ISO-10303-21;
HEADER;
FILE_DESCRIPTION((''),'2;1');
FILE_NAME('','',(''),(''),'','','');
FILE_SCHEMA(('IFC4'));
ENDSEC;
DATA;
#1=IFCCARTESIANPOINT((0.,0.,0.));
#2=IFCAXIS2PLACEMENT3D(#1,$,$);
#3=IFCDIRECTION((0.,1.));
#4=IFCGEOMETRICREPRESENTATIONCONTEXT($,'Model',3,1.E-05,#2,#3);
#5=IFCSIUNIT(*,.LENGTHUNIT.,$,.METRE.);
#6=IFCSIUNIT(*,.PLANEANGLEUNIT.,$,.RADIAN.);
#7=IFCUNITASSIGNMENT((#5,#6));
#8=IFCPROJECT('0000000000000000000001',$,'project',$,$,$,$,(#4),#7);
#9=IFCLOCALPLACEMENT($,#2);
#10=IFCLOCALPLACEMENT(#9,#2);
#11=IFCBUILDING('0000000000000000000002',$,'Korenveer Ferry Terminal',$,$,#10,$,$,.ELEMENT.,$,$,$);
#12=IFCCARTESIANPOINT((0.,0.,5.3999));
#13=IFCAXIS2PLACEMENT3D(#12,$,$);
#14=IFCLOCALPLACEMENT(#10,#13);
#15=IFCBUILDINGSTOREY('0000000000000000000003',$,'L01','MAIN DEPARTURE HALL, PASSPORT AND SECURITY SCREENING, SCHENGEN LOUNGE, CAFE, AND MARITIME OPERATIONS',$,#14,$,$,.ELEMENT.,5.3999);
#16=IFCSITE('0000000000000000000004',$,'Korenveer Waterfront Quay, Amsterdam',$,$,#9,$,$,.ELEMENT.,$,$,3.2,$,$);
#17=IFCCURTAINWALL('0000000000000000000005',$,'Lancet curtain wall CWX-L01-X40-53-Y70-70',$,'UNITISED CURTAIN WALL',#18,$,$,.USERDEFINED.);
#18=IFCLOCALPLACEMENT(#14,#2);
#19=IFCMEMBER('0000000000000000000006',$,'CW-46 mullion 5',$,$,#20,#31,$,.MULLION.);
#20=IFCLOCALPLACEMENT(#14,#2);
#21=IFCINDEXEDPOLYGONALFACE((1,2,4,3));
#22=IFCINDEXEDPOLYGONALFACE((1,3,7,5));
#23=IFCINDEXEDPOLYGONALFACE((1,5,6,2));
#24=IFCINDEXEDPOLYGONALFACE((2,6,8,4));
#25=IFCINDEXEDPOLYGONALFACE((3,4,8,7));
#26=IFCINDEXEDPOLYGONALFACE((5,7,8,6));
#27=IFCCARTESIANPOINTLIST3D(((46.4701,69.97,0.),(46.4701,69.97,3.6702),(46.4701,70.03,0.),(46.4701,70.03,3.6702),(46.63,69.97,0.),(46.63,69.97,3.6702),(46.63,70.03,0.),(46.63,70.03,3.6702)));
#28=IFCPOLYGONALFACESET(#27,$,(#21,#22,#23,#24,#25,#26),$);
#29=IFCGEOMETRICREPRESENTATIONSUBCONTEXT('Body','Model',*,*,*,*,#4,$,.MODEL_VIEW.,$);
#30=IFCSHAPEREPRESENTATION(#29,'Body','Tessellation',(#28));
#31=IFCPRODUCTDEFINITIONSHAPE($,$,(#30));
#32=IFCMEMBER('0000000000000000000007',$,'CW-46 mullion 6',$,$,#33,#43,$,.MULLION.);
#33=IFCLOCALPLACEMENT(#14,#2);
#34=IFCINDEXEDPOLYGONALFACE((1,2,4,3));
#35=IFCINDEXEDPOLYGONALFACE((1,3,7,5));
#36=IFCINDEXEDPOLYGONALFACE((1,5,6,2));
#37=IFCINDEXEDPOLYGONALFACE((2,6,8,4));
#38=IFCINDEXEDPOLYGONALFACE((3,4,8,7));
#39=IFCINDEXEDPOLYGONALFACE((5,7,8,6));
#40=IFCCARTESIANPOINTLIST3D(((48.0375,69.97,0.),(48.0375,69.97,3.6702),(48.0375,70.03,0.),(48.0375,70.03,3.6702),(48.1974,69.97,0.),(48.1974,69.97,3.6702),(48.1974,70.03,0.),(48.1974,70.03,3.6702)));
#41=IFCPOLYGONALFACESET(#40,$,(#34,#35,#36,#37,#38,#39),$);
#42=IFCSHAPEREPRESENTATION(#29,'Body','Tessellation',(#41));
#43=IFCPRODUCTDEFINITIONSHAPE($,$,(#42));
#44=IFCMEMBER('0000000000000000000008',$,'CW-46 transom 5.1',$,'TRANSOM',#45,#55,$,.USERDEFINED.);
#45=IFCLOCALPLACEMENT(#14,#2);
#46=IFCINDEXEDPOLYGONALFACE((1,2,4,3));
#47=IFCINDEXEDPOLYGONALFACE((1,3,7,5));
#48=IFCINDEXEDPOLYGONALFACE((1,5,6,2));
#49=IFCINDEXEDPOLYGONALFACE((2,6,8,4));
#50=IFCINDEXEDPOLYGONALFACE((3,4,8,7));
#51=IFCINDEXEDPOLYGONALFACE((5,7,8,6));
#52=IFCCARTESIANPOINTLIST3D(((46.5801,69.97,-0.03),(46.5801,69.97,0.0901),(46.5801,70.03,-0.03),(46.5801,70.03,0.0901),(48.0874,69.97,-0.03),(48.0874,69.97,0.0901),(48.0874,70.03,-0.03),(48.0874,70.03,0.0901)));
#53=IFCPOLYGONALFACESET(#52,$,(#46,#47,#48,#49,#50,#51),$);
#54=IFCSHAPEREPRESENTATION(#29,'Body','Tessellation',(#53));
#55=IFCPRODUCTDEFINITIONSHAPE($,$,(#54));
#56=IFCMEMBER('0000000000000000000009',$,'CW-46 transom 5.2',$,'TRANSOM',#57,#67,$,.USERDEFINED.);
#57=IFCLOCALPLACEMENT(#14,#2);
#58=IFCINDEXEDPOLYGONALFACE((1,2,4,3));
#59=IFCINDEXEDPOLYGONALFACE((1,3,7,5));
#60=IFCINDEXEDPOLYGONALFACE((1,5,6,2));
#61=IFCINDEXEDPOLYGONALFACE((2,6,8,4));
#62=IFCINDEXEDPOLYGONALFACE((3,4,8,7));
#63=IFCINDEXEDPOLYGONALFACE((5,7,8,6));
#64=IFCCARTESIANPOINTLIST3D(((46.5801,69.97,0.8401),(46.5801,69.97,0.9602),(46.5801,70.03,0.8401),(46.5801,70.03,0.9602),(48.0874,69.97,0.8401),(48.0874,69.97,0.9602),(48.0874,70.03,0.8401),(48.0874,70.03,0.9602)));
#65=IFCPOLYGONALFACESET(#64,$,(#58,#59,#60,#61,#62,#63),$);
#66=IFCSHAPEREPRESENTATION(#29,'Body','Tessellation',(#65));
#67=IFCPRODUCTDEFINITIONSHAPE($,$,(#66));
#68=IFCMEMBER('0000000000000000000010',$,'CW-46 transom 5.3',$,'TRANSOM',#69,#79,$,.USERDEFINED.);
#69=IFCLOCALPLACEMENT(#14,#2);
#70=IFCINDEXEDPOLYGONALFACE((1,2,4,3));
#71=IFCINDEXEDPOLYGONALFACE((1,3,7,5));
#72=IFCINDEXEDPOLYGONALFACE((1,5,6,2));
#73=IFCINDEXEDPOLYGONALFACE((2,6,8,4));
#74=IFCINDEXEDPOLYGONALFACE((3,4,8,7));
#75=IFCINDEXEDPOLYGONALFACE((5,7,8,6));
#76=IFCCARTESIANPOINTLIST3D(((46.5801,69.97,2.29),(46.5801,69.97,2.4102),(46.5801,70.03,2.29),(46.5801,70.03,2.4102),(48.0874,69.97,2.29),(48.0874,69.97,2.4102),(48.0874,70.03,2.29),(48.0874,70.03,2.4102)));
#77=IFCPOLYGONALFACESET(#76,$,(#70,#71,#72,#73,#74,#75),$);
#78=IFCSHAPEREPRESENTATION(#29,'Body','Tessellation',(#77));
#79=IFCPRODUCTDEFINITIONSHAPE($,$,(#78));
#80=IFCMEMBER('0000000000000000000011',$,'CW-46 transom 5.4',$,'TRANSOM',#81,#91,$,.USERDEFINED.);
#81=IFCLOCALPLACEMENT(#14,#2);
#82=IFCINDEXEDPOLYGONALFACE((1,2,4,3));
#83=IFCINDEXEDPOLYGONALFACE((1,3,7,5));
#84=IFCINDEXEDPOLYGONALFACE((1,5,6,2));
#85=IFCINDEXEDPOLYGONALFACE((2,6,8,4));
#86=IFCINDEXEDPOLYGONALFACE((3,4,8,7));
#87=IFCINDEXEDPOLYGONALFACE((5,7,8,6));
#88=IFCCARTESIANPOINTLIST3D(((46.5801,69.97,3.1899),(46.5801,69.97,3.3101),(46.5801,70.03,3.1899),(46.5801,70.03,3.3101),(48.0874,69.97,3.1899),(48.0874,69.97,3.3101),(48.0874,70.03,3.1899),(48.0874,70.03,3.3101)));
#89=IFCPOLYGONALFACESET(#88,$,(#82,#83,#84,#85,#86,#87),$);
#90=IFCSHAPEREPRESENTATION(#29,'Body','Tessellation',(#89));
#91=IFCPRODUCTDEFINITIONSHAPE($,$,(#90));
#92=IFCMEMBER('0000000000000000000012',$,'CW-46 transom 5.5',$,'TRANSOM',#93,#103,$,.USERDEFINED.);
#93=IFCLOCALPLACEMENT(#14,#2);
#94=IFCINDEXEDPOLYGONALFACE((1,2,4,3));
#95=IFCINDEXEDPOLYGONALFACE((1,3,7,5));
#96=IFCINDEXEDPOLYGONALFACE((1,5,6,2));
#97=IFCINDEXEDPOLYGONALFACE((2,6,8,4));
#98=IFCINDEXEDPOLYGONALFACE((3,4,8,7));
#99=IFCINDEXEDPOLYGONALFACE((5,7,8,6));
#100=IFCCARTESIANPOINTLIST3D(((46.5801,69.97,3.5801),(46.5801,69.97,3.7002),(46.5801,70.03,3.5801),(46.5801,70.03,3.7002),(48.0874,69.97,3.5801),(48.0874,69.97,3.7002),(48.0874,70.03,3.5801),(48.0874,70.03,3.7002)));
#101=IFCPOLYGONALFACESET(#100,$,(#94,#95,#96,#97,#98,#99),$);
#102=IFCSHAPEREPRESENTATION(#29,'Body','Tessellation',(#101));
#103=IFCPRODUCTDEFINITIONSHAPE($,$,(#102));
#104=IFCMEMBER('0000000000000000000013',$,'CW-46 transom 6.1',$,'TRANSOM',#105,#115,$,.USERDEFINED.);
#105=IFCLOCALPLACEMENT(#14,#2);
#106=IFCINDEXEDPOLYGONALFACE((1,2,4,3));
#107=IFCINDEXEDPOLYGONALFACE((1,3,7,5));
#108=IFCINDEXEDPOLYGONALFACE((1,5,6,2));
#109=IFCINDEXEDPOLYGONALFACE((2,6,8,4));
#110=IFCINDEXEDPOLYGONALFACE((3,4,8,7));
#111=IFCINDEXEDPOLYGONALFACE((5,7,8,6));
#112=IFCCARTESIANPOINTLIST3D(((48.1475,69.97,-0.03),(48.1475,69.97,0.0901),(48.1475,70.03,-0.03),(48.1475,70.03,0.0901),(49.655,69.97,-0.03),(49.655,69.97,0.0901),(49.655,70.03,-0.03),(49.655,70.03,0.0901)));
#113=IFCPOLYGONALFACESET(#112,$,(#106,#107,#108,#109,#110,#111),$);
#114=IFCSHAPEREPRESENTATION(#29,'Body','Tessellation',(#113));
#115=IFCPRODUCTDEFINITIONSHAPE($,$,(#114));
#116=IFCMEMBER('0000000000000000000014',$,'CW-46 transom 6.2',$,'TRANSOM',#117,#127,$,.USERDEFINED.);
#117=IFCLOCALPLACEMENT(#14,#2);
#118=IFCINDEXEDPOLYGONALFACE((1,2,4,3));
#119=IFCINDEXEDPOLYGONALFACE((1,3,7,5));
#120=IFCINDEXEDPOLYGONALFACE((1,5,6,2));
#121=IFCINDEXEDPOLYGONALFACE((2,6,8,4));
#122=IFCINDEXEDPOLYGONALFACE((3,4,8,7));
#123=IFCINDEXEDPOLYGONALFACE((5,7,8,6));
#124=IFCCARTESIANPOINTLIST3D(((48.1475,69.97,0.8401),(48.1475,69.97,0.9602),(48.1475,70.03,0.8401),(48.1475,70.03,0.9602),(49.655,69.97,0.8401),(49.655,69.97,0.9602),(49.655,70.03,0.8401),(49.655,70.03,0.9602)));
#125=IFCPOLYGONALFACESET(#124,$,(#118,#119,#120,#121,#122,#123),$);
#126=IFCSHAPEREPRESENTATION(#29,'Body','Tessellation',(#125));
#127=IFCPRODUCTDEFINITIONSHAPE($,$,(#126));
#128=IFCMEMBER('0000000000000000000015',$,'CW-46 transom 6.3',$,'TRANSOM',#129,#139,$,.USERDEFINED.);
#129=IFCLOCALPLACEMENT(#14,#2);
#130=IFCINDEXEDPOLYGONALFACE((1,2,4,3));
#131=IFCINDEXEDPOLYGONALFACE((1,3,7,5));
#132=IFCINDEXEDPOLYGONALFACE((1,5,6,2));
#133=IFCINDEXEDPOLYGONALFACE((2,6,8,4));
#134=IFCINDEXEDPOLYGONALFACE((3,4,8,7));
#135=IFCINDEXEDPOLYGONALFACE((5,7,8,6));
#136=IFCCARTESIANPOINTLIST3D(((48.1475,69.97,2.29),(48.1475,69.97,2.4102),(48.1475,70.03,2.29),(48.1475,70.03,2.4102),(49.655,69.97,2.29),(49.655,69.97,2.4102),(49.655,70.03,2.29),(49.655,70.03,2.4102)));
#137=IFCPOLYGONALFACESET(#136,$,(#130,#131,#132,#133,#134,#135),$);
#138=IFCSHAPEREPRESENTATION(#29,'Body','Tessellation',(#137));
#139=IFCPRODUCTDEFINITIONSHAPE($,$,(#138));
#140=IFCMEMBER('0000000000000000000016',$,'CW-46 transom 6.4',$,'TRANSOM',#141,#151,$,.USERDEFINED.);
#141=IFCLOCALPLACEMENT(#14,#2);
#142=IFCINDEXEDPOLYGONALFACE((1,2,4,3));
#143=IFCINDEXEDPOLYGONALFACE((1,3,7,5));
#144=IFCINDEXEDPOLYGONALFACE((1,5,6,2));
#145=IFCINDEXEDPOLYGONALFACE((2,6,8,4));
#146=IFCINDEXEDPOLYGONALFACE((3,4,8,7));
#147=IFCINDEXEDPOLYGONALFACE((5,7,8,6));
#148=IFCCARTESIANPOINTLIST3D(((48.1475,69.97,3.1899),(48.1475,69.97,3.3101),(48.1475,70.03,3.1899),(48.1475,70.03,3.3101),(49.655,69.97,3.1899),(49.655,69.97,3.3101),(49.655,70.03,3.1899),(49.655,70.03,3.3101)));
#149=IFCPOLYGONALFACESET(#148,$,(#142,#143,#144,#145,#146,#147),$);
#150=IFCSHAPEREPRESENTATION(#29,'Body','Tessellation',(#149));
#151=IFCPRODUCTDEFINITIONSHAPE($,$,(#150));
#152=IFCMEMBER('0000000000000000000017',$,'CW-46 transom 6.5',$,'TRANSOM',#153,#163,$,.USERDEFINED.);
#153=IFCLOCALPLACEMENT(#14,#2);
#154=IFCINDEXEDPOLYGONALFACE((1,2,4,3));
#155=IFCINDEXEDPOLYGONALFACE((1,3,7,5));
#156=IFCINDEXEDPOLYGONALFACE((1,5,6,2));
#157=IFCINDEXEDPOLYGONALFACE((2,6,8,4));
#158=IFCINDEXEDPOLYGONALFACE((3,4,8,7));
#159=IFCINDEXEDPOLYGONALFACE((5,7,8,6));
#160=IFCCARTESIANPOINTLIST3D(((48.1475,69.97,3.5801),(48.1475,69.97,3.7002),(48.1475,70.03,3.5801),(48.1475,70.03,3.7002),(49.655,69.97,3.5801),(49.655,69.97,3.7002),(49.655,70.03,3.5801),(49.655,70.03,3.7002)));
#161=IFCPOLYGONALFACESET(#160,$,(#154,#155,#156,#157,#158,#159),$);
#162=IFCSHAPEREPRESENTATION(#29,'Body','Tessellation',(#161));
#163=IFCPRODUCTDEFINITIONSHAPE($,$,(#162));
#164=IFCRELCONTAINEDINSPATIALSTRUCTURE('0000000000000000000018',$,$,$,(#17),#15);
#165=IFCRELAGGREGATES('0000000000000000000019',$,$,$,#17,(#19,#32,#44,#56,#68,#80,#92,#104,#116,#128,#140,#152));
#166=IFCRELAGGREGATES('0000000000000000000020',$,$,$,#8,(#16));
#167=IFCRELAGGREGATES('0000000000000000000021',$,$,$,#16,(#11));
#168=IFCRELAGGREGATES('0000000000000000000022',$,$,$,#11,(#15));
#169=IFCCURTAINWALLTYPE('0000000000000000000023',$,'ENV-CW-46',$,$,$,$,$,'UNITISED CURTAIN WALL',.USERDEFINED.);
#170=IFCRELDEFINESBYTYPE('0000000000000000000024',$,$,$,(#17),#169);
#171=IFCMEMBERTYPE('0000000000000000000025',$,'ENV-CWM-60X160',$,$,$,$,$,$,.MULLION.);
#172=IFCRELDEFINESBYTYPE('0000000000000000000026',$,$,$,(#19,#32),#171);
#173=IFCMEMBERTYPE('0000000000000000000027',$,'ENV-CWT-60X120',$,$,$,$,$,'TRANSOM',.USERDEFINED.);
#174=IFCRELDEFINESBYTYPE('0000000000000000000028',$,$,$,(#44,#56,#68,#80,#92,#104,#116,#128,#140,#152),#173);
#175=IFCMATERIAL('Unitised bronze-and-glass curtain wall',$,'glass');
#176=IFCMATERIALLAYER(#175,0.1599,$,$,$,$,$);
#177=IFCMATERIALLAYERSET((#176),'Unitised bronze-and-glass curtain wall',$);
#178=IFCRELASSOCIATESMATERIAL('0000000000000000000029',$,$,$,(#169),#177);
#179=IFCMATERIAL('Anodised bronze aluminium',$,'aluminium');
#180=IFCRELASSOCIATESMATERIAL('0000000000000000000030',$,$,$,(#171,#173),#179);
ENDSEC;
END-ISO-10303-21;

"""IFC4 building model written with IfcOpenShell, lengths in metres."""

from ifc_helpers import new_model, si_unit, direction, frame, origin, origin_2d, place, context, subcontext, project, spatial, rectangle, extrude, material, layer, layer_set, material_profile, profile_set, type_object, element, aggregate, save


model = new_model("IFC4")

# Units and contexts
model_context = context("Model", 3, precision=1e-05, world=origin(), true_north=direction((0.0, 1.0)))
body_context = subcontext(model_context, "Body", "Model", "MODEL_VIEW")
ifc_project = project(units=[si_unit("LENGTHUNIT", "METRE"), si_unit("PLANEANGLEUNIT", "RADIAN")], contexts=[model_context])

# Site, building, storey
site_placement = place(None, origin())
site = spatial("IfcSite", under=ifc_project, at=site_placement, Name="Korenveer Waterfront Quay, Amsterdam", CompositionType="ELEMENT", RefElevation=3.2)
building_placement = place(site_placement, origin())
building = spatial("IfcBuilding", under=site, at=building_placement, Name="Korenveer Ferry Terminal", CompositionType="ELEMENT")
storey_placement = place(building_placement, frame((0.0, 0.0, 5.3999)))
storey = spatial("IfcBuildingStorey", under=building, at=storey_placement, Name="L01", Description="MAIN DEPARTURE HALL, PASSPORT AND SECURITY SCREENING, SCHENGEN LOUNGE, CAFE, AND MARITIME OPERATIONS", CompositionType="ELEMENT", Elevation=5.3999)

# Curtain wall, members
ifc_material_1 = material(Name="Unitised bronze-and-glass curtain wall", Category="glass")
ifc_layer_1 = layer(ifc_material_1, 0.1599)
ifc_layer_set_1 = layer_set([ifc_layer_1], Name="Unitised bronze-and-glass curtain wall")
curtain_wall_type = type_object("IfcCurtainWallType", Name="ENV-CW-46", ElementType="UNITISED CURTAIN WALL", PredefinedType="USERDEFINED", material=ifc_layer_set_1)
curtain_wall_placement = place(storey_placement, frame((40.28, 70.0, 0.0)))
curtain_wall = element("IfcCurtainWall", 1, at=curtain_wall_placement, inside=storey, type_object=curtain_wall_type, Name="Lancet curtain wall CWX-L01-X40-53-Y70-70", ObjectType="UNITISED CURTAIN WALL", PredefinedType="USERDEFINED")
ifc_material_2 = material(Name="Anodised bronze aluminium", Category="aluminium")
ifc_material_profile_1 = material_profile(ifc_material_2, rectangle(XDim=0.0601, YDim=0.1599, at=origin_2d()), Name="ALU 60x160")
ifc_profile_set_1 = profile_set([ifc_material_profile_1], Name="Anodised bronze aluminium")
member_type_1 = type_object("IfcMemberType", Name="ENV-CWM-60X160", PredefinedType="MULLION", material=ifc_profile_set_1)
member_1_placement = place(storey_placement, frame((46.55, 70.0, 0.0), z_axis=(0.0, 0.0, 1.0), x_axis=(0.0, 1.0, 0.0)))
member_1 = element("IfcMember", 2, at=member_1_placement, type_object=member_type_1, Name="CW-46 mullion 5", PredefinedType="MULLION", context=body_context, shape_type="SweptSolid", body=[
    extrude(rectangle(XDim=0.0601, YDim=0.1599, at=origin_2d()), origin(), (0.0, 0.0, 1.0), 3.6702),
])
member_2_placement = place(storey_placement, frame((48.1174, 70.0, 0.0), z_axis=(0.0, 0.0, 1.0), x_axis=(0.0, 1.0, 0.0)))
member_2 = element("IfcMember", 3, at=member_2_placement, type_object=member_type_1, Name="CW-46 mullion 6", PredefinedType="MULLION", context=body_context, shape_type="SweptSolid", body=[
    extrude(rectangle(XDim=0.0601, YDim=0.1599, at=origin_2d()), origin(), (0.0, 0.0, 1.0), 3.6702),
])
ifc_material_profile_2 = material_profile(ifc_material_2, rectangle(XDim=0.0601, YDim=0.1201, at=origin_2d()), Name="ALU 60x120")
ifc_profile_set_2 = profile_set([ifc_material_profile_2], Name="Anodised bronze aluminium")
member_type_2 = type_object("IfcMemberType", Name="ENV-CWT-60X120", ElementType="TRANSOM", PredefinedType="USERDEFINED", material=ifc_profile_set_2)
member_3_placement = place(storey_placement, frame((46.5801, 70.0, 0.03), z_axis=(1.0, 0.0, 0.0), x_axis=(0.0, 1.0, 0.0)))
member_3 = element("IfcMember", 4, at=member_3_placement, type_object=member_type_2, Name="CW-46 transom 5.1", ObjectType="TRANSOM", PredefinedType="USERDEFINED", context=body_context, shape_type="SweptSolid", body=[
    extrude(rectangle(XDim=0.0601, YDim=0.1201, at=origin_2d()), origin(), (0.0, 0.0, 1.0), 1.5073),
])
member_4_placement = place(storey_placement, frame((46.5801, 70.0, 0.9001), z_axis=(1.0, 0.0, 0.0), x_axis=(0.0, 1.0, 0.0)))
member_4 = element("IfcMember", 5, at=member_4_placement, type_object=member_type_2, Name="CW-46 transom 5.2", ObjectType="TRANSOM", PredefinedType="USERDEFINED", context=body_context, shape_type="SweptSolid", body=[
    extrude(rectangle(XDim=0.0601, YDim=0.1201, at=origin_2d()), origin(), (0.0, 0.0, 1.0), 1.5073),
])
member_5_placement = place(storey_placement, frame((46.5801, 70.0, 2.3501), z_axis=(1.0, 0.0, 0.0), x_axis=(0.0, 1.0, 0.0)))
member_5 = element("IfcMember", 6, at=member_5_placement, type_object=member_type_2, Name="CW-46 transom 5.3", ObjectType="TRANSOM", PredefinedType="USERDEFINED", context=body_context, shape_type="SweptSolid", body=[
    extrude(rectangle(XDim=0.0601, YDim=0.1201, at=origin_2d()), origin(), (0.0, 0.0, 1.0), 1.5073),
])
member_6_placement = place(storey_placement, frame((46.5801, 70.0, 3.25), z_axis=(1.0, 0.0, 0.0), x_axis=(0.0, 1.0, 0.0)))
member_6 = element("IfcMember", 7, at=member_6_placement, type_object=member_type_2, Name="CW-46 transom 5.4", ObjectType="TRANSOM", PredefinedType="USERDEFINED", context=body_context, shape_type="SweptSolid", body=[
    extrude(rectangle(XDim=0.0601, YDim=0.1201, at=origin_2d()), origin(), (0.0, 0.0, 1.0), 1.5073),
])
member_7_placement = place(storey_placement, frame((46.5801, 70.0, 3.6401), z_axis=(1.0, 0.0, 0.0), x_axis=(0.0, 1.0, 0.0)))
member_7 = element("IfcMember", 8, at=member_7_placement, type_object=member_type_2, Name="CW-46 transom 5.5", ObjectType="TRANSOM", PredefinedType="USERDEFINED", context=body_context, shape_type="SweptSolid", body=[
    extrude(rectangle(XDim=0.0601, YDim=0.1201, at=origin_2d()), origin(), (0.0, 0.0, 1.0), 1.5073),
])
member_8_placement = place(storey_placement, frame((48.1475, 70.0, 0.03), z_axis=(1.0, 0.0, 0.0), x_axis=(0.0, 1.0, 0.0)))
member_8 = element("IfcMember", 9, at=member_8_placement, type_object=member_type_2, Name="CW-46 transom 6.1", ObjectType="TRANSOM", PredefinedType="USERDEFINED", context=body_context, shape_type="SweptSolid", body=[
    extrude(rectangle(XDim=0.0601, YDim=0.1201, at=origin_2d()), origin(), (0.0, 0.0, 1.0), 1.5076),
])
member_9_placement = place(storey_placement, frame((48.1475, 70.0, 0.9001), z_axis=(1.0, 0.0, 0.0), x_axis=(0.0, 1.0, 0.0)))
member_9 = element("IfcMember", 10, at=member_9_placement, type_object=member_type_2, Name="CW-46 transom 6.2", ObjectType="TRANSOM", PredefinedType="USERDEFINED", context=body_context, shape_type="SweptSolid", body=[
    extrude(rectangle(XDim=0.0601, YDim=0.1201, at=origin_2d()), origin(), (0.0, 0.0, 1.0), 1.5076),
])
member_10_placement = place(storey_placement, frame((48.1475, 70.0, 2.3501), z_axis=(1.0, 0.0, 0.0), x_axis=(0.0, 1.0, 0.0)))
member_10 = element("IfcMember", 11, at=member_10_placement, type_object=member_type_2, Name="CW-46 transom 6.3", ObjectType="TRANSOM", PredefinedType="USERDEFINED", context=body_context, shape_type="SweptSolid", body=[
    extrude(rectangle(XDim=0.0601, YDim=0.1201, at=origin_2d()), origin(), (0.0, 0.0, 1.0), 1.5076),
])
member_11_placement = place(storey_placement, frame((48.1475, 70.0, 3.25), z_axis=(1.0, 0.0, 0.0), x_axis=(0.0, 1.0, 0.0)))
member_11 = element("IfcMember", 12, at=member_11_placement, type_object=member_type_2, Name="CW-46 transom 6.4", ObjectType="TRANSOM", PredefinedType="USERDEFINED", context=body_context, shape_type="SweptSolid", body=[
    extrude(rectangle(XDim=0.0601, YDim=0.1201, at=origin_2d()), origin(), (0.0, 0.0, 1.0), 1.5076),
])
member_12_placement = place(storey_placement, frame((48.1475, 70.0, 3.6401), z_axis=(1.0, 0.0, 0.0), x_axis=(0.0, 1.0, 0.0)))
member_12 = element("IfcMember", 13, at=member_12_placement, type_object=member_type_2, Name="CW-46 transom 6.5", ObjectType="TRANSOM", PredefinedType="USERDEFINED", context=body_context, shape_type="SweptSolid", body=[
    extrude(rectangle(XDim=0.0601, YDim=0.1201, at=origin_2d()), origin(), (0.0, 0.0, 1.0), 1.5076),
])

aggregate(curtain_wall, [member_1, member_2, member_3, member_4, member_5, member_6, member_7, member_8, member_9, member_10, member_11, member_12])

save(model, "model.ifc")
